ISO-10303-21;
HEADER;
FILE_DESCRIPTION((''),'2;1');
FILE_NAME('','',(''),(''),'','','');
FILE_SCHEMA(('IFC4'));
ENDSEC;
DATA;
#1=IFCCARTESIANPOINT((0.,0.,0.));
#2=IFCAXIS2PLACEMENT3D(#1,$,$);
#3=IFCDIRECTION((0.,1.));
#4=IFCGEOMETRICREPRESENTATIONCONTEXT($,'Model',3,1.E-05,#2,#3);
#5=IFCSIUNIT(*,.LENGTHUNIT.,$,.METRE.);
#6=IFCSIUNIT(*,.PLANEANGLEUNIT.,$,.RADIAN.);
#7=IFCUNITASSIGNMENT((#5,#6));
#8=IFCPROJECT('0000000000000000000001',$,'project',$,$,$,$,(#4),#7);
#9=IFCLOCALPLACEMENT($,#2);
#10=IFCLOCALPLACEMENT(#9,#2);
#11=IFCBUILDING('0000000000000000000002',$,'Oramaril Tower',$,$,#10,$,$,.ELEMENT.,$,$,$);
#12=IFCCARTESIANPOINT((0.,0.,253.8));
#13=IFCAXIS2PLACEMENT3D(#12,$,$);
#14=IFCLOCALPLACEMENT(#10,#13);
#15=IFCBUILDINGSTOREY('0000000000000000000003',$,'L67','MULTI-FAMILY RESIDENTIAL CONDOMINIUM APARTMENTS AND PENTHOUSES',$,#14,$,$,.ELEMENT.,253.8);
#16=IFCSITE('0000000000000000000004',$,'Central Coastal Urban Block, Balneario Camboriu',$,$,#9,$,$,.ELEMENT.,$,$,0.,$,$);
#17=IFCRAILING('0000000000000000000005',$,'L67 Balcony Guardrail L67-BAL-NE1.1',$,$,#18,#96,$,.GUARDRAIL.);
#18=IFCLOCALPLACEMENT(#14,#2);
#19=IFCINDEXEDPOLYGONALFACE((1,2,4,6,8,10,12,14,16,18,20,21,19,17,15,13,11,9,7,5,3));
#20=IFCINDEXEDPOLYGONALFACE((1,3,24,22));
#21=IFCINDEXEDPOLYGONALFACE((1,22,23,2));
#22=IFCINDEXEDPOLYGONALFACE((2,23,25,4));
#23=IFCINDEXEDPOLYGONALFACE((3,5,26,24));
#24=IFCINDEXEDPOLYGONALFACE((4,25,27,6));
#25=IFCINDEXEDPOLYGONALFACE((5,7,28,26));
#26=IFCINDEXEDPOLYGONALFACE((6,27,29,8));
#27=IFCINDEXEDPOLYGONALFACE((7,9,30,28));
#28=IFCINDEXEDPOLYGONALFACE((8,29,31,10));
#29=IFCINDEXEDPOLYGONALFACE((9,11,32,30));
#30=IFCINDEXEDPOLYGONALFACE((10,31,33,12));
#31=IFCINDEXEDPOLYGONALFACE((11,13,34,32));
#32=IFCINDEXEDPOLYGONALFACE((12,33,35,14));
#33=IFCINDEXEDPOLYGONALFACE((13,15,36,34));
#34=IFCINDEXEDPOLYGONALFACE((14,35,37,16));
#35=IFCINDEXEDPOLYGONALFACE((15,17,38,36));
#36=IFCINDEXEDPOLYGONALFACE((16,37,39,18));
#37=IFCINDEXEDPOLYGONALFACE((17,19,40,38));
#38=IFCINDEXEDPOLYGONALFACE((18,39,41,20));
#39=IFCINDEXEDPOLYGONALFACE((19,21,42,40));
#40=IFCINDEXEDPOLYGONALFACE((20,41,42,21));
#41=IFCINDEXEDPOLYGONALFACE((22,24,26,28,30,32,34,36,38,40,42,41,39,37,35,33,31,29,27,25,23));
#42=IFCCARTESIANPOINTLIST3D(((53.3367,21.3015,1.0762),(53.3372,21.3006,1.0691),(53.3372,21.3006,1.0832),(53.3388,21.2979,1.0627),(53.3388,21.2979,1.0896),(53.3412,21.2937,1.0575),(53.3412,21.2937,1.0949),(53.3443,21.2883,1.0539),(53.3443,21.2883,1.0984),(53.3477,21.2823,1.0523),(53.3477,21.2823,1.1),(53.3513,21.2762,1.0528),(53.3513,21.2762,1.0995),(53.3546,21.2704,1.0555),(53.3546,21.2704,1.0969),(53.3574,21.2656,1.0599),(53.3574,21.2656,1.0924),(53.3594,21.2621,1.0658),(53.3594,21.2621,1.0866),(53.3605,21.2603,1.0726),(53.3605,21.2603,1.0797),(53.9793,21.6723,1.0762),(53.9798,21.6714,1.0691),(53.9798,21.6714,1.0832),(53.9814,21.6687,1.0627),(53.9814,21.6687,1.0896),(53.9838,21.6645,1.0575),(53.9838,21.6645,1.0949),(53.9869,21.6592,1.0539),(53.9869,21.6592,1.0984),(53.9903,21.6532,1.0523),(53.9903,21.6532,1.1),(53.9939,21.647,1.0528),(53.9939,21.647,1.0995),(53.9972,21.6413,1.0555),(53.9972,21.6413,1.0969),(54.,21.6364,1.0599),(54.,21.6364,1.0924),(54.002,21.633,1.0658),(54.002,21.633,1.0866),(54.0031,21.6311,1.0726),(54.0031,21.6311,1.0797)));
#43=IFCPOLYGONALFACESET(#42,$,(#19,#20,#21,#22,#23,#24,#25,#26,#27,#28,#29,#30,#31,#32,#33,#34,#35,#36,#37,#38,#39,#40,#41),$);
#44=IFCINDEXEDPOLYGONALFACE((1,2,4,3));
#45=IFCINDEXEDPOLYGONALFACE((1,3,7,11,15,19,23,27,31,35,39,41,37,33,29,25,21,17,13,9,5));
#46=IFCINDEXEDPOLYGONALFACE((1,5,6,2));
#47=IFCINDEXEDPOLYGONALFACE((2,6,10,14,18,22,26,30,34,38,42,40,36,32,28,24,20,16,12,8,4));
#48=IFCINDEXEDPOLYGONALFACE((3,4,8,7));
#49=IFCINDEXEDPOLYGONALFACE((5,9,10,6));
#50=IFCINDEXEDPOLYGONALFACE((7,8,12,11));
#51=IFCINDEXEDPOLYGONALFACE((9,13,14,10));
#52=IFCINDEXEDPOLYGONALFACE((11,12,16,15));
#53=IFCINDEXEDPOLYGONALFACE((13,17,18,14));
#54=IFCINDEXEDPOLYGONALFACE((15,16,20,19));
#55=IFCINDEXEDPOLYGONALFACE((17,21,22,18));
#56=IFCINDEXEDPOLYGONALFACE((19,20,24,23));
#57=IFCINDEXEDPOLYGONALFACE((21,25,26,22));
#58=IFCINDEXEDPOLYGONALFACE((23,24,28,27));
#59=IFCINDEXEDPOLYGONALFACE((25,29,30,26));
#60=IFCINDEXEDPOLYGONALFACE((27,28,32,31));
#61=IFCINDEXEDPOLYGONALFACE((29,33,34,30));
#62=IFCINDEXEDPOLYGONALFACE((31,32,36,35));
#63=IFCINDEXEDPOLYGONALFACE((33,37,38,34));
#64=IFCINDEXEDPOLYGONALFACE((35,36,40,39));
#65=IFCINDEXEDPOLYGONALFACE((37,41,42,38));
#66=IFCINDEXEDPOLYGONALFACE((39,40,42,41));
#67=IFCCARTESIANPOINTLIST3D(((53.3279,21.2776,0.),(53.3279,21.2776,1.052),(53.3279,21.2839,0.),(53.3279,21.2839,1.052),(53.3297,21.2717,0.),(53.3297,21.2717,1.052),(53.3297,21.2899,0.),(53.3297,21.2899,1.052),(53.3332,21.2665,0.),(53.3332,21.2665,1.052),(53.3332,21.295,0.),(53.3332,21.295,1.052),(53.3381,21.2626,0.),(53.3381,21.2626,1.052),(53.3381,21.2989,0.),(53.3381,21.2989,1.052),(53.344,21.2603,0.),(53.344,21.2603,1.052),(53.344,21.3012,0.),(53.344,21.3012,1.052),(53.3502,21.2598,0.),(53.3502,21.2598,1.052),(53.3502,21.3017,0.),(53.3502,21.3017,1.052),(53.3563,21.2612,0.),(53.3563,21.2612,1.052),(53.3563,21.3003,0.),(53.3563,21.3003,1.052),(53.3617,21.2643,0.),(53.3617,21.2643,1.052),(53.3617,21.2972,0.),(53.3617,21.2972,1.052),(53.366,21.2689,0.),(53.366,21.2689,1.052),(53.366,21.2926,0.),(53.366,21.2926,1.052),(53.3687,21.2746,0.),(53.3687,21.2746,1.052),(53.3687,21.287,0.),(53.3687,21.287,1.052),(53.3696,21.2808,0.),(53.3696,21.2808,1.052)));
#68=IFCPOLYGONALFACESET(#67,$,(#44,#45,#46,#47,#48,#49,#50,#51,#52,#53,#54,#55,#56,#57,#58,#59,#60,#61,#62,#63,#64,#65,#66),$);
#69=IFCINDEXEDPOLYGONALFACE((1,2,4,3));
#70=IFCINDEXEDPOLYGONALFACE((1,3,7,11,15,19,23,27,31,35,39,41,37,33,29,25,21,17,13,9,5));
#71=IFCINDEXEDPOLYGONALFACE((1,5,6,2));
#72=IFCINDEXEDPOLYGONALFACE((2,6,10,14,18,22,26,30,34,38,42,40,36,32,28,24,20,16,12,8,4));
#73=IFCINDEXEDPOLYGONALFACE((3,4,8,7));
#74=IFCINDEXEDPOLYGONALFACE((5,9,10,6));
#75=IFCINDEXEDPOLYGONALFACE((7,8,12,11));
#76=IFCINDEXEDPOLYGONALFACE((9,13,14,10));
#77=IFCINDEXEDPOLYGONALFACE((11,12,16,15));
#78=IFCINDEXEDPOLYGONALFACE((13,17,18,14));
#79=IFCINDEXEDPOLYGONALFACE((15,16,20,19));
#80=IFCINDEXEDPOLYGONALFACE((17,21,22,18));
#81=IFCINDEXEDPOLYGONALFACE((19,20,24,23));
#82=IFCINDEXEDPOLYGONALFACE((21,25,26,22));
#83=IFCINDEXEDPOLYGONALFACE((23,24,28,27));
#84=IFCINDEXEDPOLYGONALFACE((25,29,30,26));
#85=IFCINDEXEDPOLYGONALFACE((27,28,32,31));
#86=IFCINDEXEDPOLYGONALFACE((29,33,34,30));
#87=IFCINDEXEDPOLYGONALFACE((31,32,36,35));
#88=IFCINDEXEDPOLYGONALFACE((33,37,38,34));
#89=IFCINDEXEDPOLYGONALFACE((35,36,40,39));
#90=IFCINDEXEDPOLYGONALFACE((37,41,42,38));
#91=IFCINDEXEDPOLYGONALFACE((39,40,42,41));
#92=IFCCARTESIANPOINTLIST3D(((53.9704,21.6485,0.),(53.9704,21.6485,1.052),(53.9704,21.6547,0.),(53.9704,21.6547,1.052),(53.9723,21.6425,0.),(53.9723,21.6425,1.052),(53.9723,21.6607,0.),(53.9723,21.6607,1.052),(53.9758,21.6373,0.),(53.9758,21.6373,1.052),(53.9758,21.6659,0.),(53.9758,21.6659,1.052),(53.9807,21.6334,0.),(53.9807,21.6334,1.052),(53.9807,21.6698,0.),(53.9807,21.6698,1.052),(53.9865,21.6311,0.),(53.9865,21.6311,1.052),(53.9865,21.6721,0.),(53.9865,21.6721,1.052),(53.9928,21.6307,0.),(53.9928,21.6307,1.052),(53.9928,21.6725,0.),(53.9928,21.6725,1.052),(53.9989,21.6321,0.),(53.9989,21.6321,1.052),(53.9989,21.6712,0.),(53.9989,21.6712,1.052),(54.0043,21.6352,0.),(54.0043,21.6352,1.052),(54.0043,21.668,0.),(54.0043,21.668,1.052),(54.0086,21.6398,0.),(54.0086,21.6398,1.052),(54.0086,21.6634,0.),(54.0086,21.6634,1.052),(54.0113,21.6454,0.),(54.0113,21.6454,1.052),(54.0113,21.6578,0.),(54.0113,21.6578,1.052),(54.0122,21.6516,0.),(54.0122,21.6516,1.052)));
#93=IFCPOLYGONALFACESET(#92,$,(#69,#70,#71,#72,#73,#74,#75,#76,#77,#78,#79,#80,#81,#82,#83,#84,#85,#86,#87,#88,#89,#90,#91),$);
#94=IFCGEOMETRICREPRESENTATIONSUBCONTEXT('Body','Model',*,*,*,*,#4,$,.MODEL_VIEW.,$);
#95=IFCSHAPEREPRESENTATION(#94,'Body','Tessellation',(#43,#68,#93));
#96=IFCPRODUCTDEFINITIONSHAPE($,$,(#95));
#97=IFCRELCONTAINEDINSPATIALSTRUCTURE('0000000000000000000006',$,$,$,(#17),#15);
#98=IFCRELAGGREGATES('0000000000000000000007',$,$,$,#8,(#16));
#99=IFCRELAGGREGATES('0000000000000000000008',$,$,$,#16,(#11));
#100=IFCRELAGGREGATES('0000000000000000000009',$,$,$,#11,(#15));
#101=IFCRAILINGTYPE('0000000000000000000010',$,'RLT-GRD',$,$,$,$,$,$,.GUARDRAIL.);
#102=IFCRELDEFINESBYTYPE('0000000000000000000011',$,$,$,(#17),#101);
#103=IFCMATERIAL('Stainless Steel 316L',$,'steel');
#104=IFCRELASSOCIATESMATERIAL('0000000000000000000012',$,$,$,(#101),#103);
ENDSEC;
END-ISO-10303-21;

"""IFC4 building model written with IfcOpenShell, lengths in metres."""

from ifc_helpers import new_model, si_unit, direction, frame, origin, origin_2d, place, context, subcontext, project, spatial, circle, extrude, material, type_object, element, save


model = new_model("IFC4")

# Units and contexts
model_context = context("Model", 3, precision=1e-05, world=origin(), true_north=direction((0.0, 1.0)))
body_context = subcontext(model_context, "Body", "Model", "MODEL_VIEW")
ifc_project = project(units=[si_unit("LENGTHUNIT", "METRE"), si_unit("PLANEANGLEUNIT", "RADIAN")], contexts=[model_context])

# Site, building, storey
site_placement = place(None, origin())
site = spatial("IfcSite", under=ifc_project, at=site_placement, Name="Central Coastal Urban Block, Balneario Camboriu", CompositionType="ELEMENT", RefElevation=0.0)
building_placement = place(site_placement, origin())
building = spatial("IfcBuilding", under=site, at=building_placement, Name="Oramaril Tower", CompositionType="ELEMENT")
storey_placement = place(building_placement, frame((0.0, 0.0, 253.8)))
storey = spatial("IfcBuildingStorey", under=building, at=storey_placement, Name="L67", Description="MULTI-FAMILY RESIDENTIAL CONDOMINIUM APARTMENTS AND PENTHOUSES", CompositionType="ELEMENT", Elevation=253.8)

# Railing
ifc_material_1 = material(Name="Stainless Steel 316L", Category="steel")
railing_type = type_object("IfcRailingType", Name="RLT-GRD", PredefinedType="GUARDRAIL", material=ifc_material_1)
railing_1_placement = place(storey_placement, frame((53.3486, 21.2808, 0.0)))
element("IfcRailing", 1, at=railing_1_placement, inside=storey, type_object=railing_type, Name="L67 Balcony Guardrail L67-BAL-NE1.1", PredefinedType="GUARDRAIL", context=body_context, shape_type="SweptSolid", body=[
    extrude(circle(Radius=0.0239, at=origin_2d()), frame((0.0, 0.0, 1.0762), z_axis=(0.866109, 0.499855, 0.0), x_axis=(-0.499855, 0.866109, 0.0)), (0.0, 0.0, 1.0), 0.7419),
    extrude(circle(Radius=0.021, at=origin_2d()), origin(), (0.0, 0.0, 1.0), 1.052),
    extrude(circle(Radius=0.021, at=origin_2d()), frame((0.6426, 0.3708, 0.0)), (0.0, 0.0, 1.0), 1.052),
])

save(model, "model.ifc")
